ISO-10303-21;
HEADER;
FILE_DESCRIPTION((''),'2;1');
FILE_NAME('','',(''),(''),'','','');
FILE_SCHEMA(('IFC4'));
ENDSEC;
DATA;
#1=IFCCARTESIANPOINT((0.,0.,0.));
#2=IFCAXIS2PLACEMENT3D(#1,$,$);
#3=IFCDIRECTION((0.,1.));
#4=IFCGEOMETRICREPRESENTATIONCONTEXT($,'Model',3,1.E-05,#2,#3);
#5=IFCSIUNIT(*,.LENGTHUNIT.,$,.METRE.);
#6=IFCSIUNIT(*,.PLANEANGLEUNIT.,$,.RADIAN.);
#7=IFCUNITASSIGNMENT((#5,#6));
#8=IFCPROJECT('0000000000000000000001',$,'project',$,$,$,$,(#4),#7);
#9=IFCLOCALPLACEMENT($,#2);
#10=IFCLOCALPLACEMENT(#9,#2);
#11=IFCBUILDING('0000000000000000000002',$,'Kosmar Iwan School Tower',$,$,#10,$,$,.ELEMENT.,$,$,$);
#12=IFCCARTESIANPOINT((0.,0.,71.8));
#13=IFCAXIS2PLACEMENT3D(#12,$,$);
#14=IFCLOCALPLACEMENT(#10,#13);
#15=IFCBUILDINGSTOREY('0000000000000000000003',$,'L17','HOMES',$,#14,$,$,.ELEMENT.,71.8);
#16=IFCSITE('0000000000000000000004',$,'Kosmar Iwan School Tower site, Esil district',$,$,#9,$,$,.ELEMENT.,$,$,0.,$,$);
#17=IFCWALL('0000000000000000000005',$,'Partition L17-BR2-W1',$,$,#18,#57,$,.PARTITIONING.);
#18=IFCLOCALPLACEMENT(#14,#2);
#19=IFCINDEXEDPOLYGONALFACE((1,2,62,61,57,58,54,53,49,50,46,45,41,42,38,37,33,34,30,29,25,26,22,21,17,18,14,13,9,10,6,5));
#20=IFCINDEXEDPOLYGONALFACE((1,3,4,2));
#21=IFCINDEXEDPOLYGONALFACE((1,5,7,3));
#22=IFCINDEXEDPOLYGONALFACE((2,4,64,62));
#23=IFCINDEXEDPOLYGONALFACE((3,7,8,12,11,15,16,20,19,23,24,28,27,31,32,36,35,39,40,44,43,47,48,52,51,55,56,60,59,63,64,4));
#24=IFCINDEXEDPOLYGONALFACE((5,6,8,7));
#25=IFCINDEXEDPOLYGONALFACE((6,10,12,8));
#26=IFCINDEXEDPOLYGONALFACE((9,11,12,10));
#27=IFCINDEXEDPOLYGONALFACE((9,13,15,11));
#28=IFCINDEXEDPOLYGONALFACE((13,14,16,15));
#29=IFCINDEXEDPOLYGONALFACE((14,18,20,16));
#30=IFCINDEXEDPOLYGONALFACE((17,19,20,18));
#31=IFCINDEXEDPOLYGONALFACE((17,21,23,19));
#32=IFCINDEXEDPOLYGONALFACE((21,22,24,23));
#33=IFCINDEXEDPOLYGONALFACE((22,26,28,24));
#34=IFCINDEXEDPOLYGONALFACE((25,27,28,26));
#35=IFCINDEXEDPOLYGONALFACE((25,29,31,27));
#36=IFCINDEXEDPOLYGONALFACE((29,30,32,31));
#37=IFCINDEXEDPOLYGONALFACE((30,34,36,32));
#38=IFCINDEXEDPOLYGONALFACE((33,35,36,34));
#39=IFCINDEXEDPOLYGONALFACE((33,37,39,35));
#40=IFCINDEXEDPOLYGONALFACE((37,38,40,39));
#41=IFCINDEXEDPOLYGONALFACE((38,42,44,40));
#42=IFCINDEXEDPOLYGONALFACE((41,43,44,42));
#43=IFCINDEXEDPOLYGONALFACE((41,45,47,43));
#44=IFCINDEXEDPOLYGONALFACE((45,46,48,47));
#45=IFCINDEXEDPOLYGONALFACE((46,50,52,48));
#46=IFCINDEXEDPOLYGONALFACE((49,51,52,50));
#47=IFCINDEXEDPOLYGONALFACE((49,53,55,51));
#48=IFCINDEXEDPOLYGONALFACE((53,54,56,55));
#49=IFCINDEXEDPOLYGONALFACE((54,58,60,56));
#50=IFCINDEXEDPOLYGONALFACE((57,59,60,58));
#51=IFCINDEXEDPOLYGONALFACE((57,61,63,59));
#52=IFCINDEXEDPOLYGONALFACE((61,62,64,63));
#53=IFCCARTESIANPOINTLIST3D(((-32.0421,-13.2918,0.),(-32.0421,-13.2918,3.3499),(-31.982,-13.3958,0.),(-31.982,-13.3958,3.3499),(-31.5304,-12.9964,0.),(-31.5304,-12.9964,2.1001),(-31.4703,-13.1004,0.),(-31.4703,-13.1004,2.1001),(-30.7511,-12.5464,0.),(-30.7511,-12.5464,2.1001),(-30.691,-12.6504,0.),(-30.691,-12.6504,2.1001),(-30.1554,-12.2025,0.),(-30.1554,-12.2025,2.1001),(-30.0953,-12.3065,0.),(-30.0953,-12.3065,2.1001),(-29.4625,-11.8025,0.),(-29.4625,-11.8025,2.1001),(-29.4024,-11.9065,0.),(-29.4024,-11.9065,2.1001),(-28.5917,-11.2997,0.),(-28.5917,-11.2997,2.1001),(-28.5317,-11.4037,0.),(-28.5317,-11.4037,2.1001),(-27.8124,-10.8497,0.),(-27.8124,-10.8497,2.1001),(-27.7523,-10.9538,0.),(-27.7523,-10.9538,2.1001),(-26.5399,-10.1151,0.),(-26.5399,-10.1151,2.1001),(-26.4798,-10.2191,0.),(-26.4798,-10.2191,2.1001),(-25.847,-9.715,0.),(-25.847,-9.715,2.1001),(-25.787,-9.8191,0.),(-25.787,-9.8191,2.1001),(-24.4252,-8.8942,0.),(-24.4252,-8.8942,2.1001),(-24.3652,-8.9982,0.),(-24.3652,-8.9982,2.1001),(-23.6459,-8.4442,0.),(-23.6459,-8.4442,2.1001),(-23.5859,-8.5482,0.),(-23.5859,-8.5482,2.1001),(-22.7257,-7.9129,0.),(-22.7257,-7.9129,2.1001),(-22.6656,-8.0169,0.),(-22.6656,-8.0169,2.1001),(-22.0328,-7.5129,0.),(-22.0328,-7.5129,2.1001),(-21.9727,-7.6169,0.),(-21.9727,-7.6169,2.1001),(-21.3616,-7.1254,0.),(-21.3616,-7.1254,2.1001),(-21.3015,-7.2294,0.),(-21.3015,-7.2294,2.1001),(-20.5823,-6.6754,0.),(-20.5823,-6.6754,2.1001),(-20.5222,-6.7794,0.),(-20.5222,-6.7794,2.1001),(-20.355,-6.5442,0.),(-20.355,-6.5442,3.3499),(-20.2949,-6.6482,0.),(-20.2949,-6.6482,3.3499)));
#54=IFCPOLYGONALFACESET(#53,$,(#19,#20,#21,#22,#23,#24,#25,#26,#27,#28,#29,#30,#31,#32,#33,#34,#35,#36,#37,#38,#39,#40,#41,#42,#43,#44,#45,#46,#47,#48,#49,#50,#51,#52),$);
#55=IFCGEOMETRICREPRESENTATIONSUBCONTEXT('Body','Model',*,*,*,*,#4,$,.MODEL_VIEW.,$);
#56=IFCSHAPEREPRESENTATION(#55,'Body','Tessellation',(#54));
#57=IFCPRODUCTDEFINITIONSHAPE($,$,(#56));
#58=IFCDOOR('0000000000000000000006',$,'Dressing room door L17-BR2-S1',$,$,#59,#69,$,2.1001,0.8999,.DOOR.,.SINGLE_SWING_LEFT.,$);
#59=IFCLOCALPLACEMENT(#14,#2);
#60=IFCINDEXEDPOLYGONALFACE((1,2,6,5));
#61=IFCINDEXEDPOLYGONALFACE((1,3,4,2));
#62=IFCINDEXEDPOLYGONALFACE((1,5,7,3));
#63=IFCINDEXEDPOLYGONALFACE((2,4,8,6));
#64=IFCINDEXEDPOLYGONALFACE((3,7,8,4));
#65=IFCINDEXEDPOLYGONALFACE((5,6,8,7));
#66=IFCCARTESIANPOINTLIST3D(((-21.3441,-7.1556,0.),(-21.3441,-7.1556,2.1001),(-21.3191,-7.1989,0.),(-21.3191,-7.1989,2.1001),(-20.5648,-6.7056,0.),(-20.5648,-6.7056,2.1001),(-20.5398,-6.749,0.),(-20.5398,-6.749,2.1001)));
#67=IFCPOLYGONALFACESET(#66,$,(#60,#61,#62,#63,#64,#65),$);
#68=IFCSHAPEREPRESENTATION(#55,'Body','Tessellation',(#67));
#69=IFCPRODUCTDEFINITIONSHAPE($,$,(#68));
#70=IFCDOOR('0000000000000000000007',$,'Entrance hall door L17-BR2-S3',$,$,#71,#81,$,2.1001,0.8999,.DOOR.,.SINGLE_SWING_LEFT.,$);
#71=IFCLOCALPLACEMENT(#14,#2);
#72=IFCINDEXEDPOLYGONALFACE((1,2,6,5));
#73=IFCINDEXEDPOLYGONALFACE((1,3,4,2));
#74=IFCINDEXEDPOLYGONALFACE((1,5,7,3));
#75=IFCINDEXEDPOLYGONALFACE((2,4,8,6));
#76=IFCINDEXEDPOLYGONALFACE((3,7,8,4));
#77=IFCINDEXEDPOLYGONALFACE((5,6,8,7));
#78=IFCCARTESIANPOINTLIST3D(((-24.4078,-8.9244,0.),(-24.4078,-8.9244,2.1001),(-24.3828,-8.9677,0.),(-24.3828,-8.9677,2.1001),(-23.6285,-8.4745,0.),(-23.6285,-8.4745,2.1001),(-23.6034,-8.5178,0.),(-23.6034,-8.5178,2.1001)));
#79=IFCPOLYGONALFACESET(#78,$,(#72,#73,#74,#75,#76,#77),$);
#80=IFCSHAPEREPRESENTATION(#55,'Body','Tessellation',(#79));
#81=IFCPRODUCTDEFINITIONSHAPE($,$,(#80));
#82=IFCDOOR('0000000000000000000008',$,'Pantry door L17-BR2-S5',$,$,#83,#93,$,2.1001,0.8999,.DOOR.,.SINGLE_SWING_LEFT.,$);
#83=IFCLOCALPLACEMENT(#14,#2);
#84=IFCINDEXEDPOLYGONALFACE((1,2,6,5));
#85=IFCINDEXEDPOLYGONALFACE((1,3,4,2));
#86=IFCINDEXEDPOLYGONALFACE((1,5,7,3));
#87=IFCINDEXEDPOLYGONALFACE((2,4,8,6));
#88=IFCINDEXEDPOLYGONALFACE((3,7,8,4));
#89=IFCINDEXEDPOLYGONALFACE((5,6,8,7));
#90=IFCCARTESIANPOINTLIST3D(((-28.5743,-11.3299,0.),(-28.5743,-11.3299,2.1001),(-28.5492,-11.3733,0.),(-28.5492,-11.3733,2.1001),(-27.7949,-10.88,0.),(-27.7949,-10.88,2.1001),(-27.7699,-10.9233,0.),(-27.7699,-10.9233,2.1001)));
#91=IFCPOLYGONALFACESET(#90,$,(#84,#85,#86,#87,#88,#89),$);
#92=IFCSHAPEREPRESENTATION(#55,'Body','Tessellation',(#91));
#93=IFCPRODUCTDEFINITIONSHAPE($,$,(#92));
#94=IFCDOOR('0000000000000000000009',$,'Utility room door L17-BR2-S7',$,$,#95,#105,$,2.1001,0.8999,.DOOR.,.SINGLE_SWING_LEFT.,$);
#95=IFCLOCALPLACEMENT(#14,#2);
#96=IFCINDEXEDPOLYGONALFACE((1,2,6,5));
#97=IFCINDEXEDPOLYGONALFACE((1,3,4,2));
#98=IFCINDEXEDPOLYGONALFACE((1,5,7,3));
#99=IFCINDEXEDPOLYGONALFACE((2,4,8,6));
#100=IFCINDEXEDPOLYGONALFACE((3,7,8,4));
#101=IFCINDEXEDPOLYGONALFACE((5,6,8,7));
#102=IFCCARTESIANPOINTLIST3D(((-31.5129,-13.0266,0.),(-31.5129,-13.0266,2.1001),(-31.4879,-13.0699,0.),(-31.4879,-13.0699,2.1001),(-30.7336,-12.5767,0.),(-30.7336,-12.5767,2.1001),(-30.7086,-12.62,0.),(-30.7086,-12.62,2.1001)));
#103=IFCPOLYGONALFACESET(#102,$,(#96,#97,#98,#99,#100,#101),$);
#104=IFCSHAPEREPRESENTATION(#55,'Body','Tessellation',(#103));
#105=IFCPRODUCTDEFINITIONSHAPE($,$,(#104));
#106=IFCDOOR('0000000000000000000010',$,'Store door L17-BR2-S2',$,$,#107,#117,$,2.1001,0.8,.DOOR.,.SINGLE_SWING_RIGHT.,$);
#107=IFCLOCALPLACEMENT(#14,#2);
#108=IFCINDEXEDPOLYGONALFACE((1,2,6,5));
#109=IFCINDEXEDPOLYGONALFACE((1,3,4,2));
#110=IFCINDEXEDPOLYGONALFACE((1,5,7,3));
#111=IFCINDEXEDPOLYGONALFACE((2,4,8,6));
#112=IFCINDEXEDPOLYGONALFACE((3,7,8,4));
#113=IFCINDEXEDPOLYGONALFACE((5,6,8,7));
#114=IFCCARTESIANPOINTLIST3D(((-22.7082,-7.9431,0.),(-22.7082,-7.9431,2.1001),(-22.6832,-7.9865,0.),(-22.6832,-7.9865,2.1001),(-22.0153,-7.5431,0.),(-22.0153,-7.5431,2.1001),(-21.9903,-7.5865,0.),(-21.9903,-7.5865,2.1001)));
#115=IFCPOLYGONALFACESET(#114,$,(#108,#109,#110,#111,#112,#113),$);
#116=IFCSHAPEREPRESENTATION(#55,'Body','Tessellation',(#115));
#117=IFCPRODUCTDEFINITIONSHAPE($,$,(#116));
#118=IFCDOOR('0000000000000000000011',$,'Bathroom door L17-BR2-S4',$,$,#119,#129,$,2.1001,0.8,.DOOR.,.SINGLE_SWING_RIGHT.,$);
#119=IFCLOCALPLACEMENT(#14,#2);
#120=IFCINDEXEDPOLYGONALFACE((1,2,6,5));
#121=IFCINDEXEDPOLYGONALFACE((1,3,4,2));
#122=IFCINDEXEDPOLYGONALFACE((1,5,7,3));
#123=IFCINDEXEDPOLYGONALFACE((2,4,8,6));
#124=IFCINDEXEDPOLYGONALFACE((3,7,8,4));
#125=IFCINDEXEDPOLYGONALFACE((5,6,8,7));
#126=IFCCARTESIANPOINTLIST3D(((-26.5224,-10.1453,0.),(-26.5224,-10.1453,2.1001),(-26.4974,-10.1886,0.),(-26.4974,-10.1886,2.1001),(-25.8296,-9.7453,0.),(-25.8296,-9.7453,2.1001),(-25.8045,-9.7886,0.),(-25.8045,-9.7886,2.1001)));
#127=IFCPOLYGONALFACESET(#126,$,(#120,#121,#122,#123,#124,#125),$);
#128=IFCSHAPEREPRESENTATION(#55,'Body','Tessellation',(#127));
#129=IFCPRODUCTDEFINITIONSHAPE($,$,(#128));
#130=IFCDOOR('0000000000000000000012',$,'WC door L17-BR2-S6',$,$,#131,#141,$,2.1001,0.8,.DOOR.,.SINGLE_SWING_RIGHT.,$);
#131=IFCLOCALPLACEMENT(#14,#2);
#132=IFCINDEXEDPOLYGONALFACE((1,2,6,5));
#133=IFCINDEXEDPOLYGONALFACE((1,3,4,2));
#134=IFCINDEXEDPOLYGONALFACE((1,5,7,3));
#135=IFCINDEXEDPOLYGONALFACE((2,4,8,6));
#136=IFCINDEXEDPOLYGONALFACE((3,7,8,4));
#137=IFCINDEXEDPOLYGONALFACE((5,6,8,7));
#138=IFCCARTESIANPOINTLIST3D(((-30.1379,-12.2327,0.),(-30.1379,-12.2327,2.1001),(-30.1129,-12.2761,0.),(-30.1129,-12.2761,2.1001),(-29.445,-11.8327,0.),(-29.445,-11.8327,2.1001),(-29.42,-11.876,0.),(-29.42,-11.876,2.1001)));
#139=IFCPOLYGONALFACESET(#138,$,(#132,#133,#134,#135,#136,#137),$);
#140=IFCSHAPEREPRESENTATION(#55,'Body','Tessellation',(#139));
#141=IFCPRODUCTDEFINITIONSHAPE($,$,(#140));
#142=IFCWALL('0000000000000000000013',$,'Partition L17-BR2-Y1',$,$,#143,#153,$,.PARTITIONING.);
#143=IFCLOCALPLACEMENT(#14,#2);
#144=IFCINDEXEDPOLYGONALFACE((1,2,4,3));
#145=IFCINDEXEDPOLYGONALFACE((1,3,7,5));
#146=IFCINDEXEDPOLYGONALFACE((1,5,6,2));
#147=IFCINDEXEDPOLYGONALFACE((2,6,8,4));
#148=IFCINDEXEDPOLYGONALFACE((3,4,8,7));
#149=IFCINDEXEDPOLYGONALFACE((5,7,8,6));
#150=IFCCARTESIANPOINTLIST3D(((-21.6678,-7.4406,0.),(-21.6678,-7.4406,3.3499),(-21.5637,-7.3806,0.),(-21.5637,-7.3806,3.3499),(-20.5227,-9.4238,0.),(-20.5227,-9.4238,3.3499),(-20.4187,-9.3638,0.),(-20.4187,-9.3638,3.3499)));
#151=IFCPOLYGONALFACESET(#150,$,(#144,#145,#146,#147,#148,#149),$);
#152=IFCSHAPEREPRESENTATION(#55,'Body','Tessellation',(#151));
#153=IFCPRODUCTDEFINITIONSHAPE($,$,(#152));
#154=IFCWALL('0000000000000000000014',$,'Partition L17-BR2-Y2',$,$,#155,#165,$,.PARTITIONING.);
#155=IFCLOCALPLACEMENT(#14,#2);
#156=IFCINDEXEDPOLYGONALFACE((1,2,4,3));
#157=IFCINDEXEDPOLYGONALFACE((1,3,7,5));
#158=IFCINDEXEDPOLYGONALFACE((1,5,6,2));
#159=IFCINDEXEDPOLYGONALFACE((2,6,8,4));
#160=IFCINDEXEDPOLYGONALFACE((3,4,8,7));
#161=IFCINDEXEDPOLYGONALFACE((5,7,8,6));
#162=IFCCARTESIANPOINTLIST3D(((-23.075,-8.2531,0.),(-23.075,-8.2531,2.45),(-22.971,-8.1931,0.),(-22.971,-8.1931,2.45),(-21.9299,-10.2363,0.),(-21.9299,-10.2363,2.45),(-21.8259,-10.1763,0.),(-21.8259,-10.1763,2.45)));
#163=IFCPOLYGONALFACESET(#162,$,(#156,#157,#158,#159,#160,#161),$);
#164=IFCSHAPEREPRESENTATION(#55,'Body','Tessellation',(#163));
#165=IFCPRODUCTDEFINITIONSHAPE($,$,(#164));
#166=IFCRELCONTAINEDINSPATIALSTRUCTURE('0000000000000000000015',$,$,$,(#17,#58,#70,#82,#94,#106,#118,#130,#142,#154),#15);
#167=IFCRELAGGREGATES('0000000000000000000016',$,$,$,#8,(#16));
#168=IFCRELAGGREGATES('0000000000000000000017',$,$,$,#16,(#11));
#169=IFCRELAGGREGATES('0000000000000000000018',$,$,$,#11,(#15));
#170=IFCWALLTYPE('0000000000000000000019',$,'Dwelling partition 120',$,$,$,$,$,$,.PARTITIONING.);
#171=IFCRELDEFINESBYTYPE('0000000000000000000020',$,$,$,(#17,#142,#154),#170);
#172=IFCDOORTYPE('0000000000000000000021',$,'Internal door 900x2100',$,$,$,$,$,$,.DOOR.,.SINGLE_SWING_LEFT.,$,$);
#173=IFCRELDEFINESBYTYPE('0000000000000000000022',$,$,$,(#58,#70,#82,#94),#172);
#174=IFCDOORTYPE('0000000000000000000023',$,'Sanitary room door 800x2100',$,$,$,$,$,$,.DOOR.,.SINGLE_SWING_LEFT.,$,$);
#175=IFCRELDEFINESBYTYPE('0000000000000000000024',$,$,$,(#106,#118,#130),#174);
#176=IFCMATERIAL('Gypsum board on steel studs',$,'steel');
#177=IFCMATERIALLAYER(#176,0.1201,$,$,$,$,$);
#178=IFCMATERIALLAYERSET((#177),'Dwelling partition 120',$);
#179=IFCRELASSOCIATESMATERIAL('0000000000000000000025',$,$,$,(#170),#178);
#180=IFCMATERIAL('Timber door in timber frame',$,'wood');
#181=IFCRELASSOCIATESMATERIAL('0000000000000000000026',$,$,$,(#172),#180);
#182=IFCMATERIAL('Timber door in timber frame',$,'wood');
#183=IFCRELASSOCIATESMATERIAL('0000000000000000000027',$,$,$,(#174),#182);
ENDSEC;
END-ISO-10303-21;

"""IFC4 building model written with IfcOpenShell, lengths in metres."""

from ifc_helpers import new_model, si_unit, direction, frame, frame_2d, origin, place, context, subcontext, project, spatial, rectangle, extrude, material, layer, layer_set, type_object, element, fill, save


model = new_model("IFC4")

# Units and contexts
model_context = context("Model", 3, precision=1e-05, world=origin(), true_north=direction((0.0, 1.0)))
body_context = subcontext(model_context, "Body", "Model", "MODEL_VIEW")
ifc_project = project(units=[si_unit("LENGTHUNIT", "METRE"), si_unit("PLANEANGLEUNIT", "RADIAN")], contexts=[model_context])

# Site, building, storey
site_placement = place(None, origin())
site = spatial("IfcSite", under=ifc_project, at=site_placement, Name="Kosmar Iwan School Tower site, Esil district", CompositionType="ELEMENT", RefElevation=0.0)
building_placement = place(site_placement, origin())
building = spatial("IfcBuilding", under=site, at=building_placement, Name="Kosmar Iwan School Tower", CompositionType="ELEMENT")
storey_placement = place(building_placement, frame((0.0, 0.0, 71.8)))
storey = spatial("IfcBuildingStorey", under=building, at=storey_placement, Name="L17", Description="HOMES", CompositionType="ELEMENT", Elevation=71.8)

# Shared definitions
ifc_material_1 = material(Name="Gypsum board on steel studs", Category="steel")
ifc_layer_1 = layer(ifc_material_1, 0.1201)
ifc_layer_set_1 = layer_set([ifc_layer_1], Name="Dwelling partition 120")
wall_type_1 = type_object("IfcWallType", Name="Dwelling partition 120", PredefinedType="PARTITIONING", material=ifc_layer_set_1)

# Wall, openings, doors
wall_1_placement = place(storey_placement, frame((-20.325, -6.5962, 0.0), z_axis=(0.0, 0.0, 1.0), x_axis=(-0.866024, -0.500003, 0.0)))
wall_1 = element("IfcWall", 1, at=wall_1_placement, inside=storey, type_object=wall_type_1, Name="Partition L17-BR2-W1", PredefinedType="PARTITIONING", context=body_context, shape_type="SweptSolid", body=[
    extrude(rectangle(XDim=13.4951, YDim=0.1201, at=frame_2d((6.7476, 0.0))), origin(), (0.0, 0.0, 1.0), 3.3499),
])
opening_1_placement = place(wall_1_placement, frame((0.2625, 0.0, 0.0)))
opening_1 = element("IfcOpeningElement", 2, at=opening_1_placement, cuts=wall_1, PredefinedType="OPENING", context=body_context, shape_type="SweptSolid", body=[
    extrude(rectangle(XDim=0.8999, YDim=2.1001, at=frame_2d((0.45, 1.05))), frame((0.0, 0.072, 0.0), z_axis=(0.0, -1.0, 0.0), x_axis=(1.0, 0.0, 0.0)), (0.0, 0.0, 1.0), 0.144),
])
opening_2_placement = place(wall_1_placement, frame((1.9375, 0.0, 0.0)))
opening_2 = element("IfcOpeningElement", 3, at=opening_2_placement, cuts=wall_1, PredefinedType="OPENING", context=body_context, shape_type="SweptSolid", body=[
    extrude(rectangle(XDim=0.8, YDim=2.1001, at=frame_2d((0.3999, 1.05))), frame((0.0, 0.072, 0.0), z_axis=(0.0, -1.0, 0.0), x_axis=(1.0, 0.0, 0.0)), (0.0, 0.0, 1.0), 0.144),
])
opening_3_placement = place(wall_1_placement, frame((3.8, 0.0, 0.0)))
opening_3 = element("IfcOpeningElement", 4, at=opening_3_placement, cuts=wall_1, PredefinedType="OPENING", context=body_context, shape_type="SweptSolid", body=[
    extrude(rectangle(XDim=0.8999, YDim=2.1001, at=frame_2d((0.45, 1.05))), frame((0.0, 0.072, 0.0), z_axis=(0.0, -1.0, 0.0), x_axis=(1.0, 0.0, 0.0)), (0.0, 0.0, 1.0), 0.144),
])
opening_4_placement = place(wall_1_placement, frame((6.3418, 0.0, 0.0)))
opening_4 = element("IfcOpeningElement", 5, at=opening_4_placement, cuts=wall_1, PredefinedType="OPENING", context=body_context, shape_type="SweptSolid", body=[
    extrude(rectangle(XDim=0.8, YDim=2.1001, at=frame_2d((0.3999, 1.05))), frame((0.0, 0.072, 0.0), z_axis=(0.0, -1.0, 0.0), x_axis=(1.0, 0.0, 0.0)), (0.0, 0.0, 1.0), 0.144),
])
opening_5_placement = place(wall_1_placement, frame((8.6111, 0.0, 0.0)))
opening_5 = element("IfcOpeningElement", 6, at=opening_5_placement, cuts=wall_1, PredefinedType="OPENING", context=body_context, shape_type="SweptSolid", body=[
    extrude(rectangle(XDim=0.8999, YDim=2.1001, at=frame_2d((0.45, 1.05))), frame((0.0, 0.072, 0.0), z_axis=(0.0, -1.0, 0.0), x_axis=(1.0, 0.0, 0.0)), (0.0, 0.0, 1.0), 0.144),
])
opening_6_placement = place(wall_1_placement, frame((10.5166, 0.0, 0.0)))
opening_6 = element("IfcOpeningElement", 7, at=opening_6_placement, cuts=wall_1, PredefinedType="OPENING", context=body_context, shape_type="SweptSolid", body=[
    extrude(rectangle(XDim=0.8, YDim=2.1001, at=frame_2d((0.3999, 1.05))), frame((0.0, 0.072, 0.0), z_axis=(0.0, -1.0, 0.0), x_axis=(1.0, 0.0, 0.0)), (0.0, 0.0, 1.0), 0.144),
])
opening_7_placement = place(wall_1_placement, frame((12.0044, 0.0, 0.0)))
opening_7 = element("IfcOpeningElement", 8, at=opening_7_placement, cuts=wall_1, PredefinedType="OPENING", context=body_context, shape_type="SweptSolid", body=[
    extrude(rectangle(XDim=0.8999, YDim=2.1001, at=frame_2d((0.45, 1.05))), frame((0.0, 0.072, 0.0), z_axis=(0.0, -1.0, 0.0), x_axis=(1.0, 0.0, 0.0)), (0.0, 0.0, 1.0), 0.144),
])
ifc_material_2 = material(Name="Timber door in timber frame", Category="wood")
door_type_1 = type_object("IfcDoorType", Name="Internal door 900x2100", OperationType="SINGLE_SWING_LEFT", PredefinedType="DOOR", material=ifc_material_2)
door_1_placement = place(opening_1_placement, origin())
door_1 = element("IfcDoor", 9, at=door_1_placement, inside=storey, type_object=door_type_1, Name="Dressing room door L17-BR2-S1", OperationType="SINGLE_SWING_LEFT", OverallHeight=2.1001, OverallWidth=0.8999, PredefinedType="DOOR", context=body_context, shape_type="SweptSolid", body=[
    extrude(rectangle(XDim=0.8999, YDim=2.1001, at=frame_2d((0.45, 1.05))), frame((0.0, 0.0249, 0.0), z_axis=(0.0, -1.0, 0.0), x_axis=(1.0, 0.0, 0.0)), (0.0, 0.0, 1.0), 0.05),
])
fill(opening_1, door_1)
door_2_placement = place(opening_3_placement, origin())
door_2 = element("IfcDoor", 10, at=door_2_placement, inside=storey, type_object=door_type_1, Name="Entrance hall door L17-BR2-S3", OperationType="SINGLE_SWING_LEFT", OverallHeight=2.1001, OverallWidth=0.8999, PredefinedType="DOOR", context=body_context, shape_type="SweptSolid", body=[
    extrude(rectangle(XDim=0.8999, YDim=2.1001, at=frame_2d((0.45, 1.05))), frame((0.0, 0.0249, 0.0), z_axis=(0.0, -1.0, 0.0), x_axis=(1.0, 0.0, 0.0)), (0.0, 0.0, 1.0), 0.05),
])
fill(opening_3, door_2)
door_3_placement = place(opening_5_placement, origin())
door_3 = element("IfcDoor", 11, at=door_3_placement, inside=storey, type_object=door_type_1, Name="Pantry door L17-BR2-S5", OperationType="SINGLE_SWING_LEFT", OverallHeight=2.1001, OverallWidth=0.8999, PredefinedType="DOOR", context=body_context, shape_type="SweptSolid", body=[
    extrude(rectangle(XDim=0.8999, YDim=2.1001, at=frame_2d((0.45, 1.05))), frame((0.0, 0.0249, 0.0), z_axis=(0.0, -1.0, 0.0), x_axis=(1.0, 0.0, 0.0)), (0.0, 0.0, 1.0), 0.05),
])
fill(opening_5, door_3)
door_4_placement = place(opening_7_placement, origin())
door_4 = element("IfcDoor", 12, at=door_4_placement, inside=storey, type_object=door_type_1, Name="Utility room door L17-BR2-S7", OperationType="SINGLE_SWING_LEFT", OverallHeight=2.1001, OverallWidth=0.8999, PredefinedType="DOOR", context=body_context, shape_type="SweptSolid", body=[
    extrude(rectangle(XDim=0.8999, YDim=2.1001, at=frame_2d((0.45, 1.05))), frame((0.0, 0.0249, 0.0), z_axis=(0.0, -1.0, 0.0), x_axis=(1.0, 0.0, 0.0)), (0.0, 0.0, 1.0), 0.05),
])
fill(opening_7, door_4)
ifc_material_3 = material(Name="Timber door in timber frame", Category="wood")
door_type_2 = type_object("IfcDoorType", Name="Sanitary room door 800x2100", OperationType="SINGLE_SWING_LEFT", PredefinedType="DOOR", material=ifc_material_3)
door_5_placement = place(opening_2_placement, origin())
door_5 = element("IfcDoor", 13, at=door_5_placement, inside=storey, type_object=door_type_2, Name="Store door L17-BR2-S2", OperationType="SINGLE_SWING_RIGHT", OverallHeight=2.1001, OverallWidth=0.8, PredefinedType="DOOR", context=body_context, shape_type="SweptSolid", body=[
    extrude(rectangle(XDim=0.8, YDim=2.1001, at=frame_2d((0.3999, 1.05))), frame((0.0, 0.0249, 0.0), z_axis=(0.0, -1.0, 0.0), x_axis=(1.0, 0.0, 0.0)), (0.0, 0.0, 1.0), 0.05),
])
fill(opening_2, door_5)
door_6_placement = place(opening_4_placement, origin())
door_6 = element("IfcDoor", 14, at=door_6_placement, inside=storey, type_object=door_type_2, Name="Bathroom door L17-BR2-S4", OperationType="SINGLE_SWING_RIGHT", OverallHeight=2.1001, OverallWidth=0.8, PredefinedType="DOOR", context=body_context, shape_type="SweptSolid", body=[
    extrude(rectangle(XDim=0.8, YDim=2.1001, at=frame_2d((0.3999, 1.05))), frame((0.0, 0.0249, 0.0), z_axis=(0.0, -1.0, 0.0), x_axis=(1.0, 0.0, 0.0)), (0.0, 0.0, 1.0), 0.05),
])
fill(opening_4, door_6)
door_7_placement = place(opening_6_placement, origin())
door_7 = element("IfcDoor", 15, at=door_7_placement, inside=storey, type_object=door_type_2, Name="WC door L17-BR2-S6", OperationType="SINGLE_SWING_RIGHT", OverallHeight=2.1001, OverallWidth=0.8, PredefinedType="DOOR", context=body_context, shape_type="SweptSolid", body=[
    extrude(rectangle(XDim=0.8, YDim=2.1001, at=frame_2d((0.3999, 1.05))), frame((0.0, 0.0249, 0.0), z_axis=(0.0, -1.0, 0.0), x_axis=(1.0, 0.0, 0.0)), (0.0, 0.0, 1.0), 0.05),
])
fill(opening_6, door_7)

# Walls
wall_2_placement = place(storey_placement, frame((-20.4707, -9.3938, 0.0), z_axis=(0.0, 0.0, 1.0), x_axis=(-0.500015, 0.866017, 0.0)))
element("IfcWall", 16, at=wall_2_placement, inside=storey, type_object=wall_type_1, Name="Partition L17-BR2-Y1", PredefinedType="PARTITIONING", context=body_context, shape_type="SweptSolid", body=[
    extrude(rectangle(XDim=2.29, YDim=0.1201, at=frame_2d((1.145, 0.0))), origin(), (0.0, 0.0, 1.0), 3.3499),
])
wall_3_placement = place(storey_placement, frame((-21.8779, -10.2063, 0.0), z_axis=(0.0, 0.0, 1.0), x_axis=(-0.500015, 0.866017, 0.0)))
element("IfcWall", 17, at=wall_3_placement, inside=storey, type_object=wall_type_1, Name="Partition L17-BR2-Y2", PredefinedType="PARTITIONING", context=body_context, shape_type="SweptSolid", body=[
    extrude(rectangle(XDim=2.29, YDim=0.1201, at=frame_2d((1.145, 0.0))), origin(), (0.0, 0.0, 1.0), 2.45),
])

save(model, "model.ifc")
